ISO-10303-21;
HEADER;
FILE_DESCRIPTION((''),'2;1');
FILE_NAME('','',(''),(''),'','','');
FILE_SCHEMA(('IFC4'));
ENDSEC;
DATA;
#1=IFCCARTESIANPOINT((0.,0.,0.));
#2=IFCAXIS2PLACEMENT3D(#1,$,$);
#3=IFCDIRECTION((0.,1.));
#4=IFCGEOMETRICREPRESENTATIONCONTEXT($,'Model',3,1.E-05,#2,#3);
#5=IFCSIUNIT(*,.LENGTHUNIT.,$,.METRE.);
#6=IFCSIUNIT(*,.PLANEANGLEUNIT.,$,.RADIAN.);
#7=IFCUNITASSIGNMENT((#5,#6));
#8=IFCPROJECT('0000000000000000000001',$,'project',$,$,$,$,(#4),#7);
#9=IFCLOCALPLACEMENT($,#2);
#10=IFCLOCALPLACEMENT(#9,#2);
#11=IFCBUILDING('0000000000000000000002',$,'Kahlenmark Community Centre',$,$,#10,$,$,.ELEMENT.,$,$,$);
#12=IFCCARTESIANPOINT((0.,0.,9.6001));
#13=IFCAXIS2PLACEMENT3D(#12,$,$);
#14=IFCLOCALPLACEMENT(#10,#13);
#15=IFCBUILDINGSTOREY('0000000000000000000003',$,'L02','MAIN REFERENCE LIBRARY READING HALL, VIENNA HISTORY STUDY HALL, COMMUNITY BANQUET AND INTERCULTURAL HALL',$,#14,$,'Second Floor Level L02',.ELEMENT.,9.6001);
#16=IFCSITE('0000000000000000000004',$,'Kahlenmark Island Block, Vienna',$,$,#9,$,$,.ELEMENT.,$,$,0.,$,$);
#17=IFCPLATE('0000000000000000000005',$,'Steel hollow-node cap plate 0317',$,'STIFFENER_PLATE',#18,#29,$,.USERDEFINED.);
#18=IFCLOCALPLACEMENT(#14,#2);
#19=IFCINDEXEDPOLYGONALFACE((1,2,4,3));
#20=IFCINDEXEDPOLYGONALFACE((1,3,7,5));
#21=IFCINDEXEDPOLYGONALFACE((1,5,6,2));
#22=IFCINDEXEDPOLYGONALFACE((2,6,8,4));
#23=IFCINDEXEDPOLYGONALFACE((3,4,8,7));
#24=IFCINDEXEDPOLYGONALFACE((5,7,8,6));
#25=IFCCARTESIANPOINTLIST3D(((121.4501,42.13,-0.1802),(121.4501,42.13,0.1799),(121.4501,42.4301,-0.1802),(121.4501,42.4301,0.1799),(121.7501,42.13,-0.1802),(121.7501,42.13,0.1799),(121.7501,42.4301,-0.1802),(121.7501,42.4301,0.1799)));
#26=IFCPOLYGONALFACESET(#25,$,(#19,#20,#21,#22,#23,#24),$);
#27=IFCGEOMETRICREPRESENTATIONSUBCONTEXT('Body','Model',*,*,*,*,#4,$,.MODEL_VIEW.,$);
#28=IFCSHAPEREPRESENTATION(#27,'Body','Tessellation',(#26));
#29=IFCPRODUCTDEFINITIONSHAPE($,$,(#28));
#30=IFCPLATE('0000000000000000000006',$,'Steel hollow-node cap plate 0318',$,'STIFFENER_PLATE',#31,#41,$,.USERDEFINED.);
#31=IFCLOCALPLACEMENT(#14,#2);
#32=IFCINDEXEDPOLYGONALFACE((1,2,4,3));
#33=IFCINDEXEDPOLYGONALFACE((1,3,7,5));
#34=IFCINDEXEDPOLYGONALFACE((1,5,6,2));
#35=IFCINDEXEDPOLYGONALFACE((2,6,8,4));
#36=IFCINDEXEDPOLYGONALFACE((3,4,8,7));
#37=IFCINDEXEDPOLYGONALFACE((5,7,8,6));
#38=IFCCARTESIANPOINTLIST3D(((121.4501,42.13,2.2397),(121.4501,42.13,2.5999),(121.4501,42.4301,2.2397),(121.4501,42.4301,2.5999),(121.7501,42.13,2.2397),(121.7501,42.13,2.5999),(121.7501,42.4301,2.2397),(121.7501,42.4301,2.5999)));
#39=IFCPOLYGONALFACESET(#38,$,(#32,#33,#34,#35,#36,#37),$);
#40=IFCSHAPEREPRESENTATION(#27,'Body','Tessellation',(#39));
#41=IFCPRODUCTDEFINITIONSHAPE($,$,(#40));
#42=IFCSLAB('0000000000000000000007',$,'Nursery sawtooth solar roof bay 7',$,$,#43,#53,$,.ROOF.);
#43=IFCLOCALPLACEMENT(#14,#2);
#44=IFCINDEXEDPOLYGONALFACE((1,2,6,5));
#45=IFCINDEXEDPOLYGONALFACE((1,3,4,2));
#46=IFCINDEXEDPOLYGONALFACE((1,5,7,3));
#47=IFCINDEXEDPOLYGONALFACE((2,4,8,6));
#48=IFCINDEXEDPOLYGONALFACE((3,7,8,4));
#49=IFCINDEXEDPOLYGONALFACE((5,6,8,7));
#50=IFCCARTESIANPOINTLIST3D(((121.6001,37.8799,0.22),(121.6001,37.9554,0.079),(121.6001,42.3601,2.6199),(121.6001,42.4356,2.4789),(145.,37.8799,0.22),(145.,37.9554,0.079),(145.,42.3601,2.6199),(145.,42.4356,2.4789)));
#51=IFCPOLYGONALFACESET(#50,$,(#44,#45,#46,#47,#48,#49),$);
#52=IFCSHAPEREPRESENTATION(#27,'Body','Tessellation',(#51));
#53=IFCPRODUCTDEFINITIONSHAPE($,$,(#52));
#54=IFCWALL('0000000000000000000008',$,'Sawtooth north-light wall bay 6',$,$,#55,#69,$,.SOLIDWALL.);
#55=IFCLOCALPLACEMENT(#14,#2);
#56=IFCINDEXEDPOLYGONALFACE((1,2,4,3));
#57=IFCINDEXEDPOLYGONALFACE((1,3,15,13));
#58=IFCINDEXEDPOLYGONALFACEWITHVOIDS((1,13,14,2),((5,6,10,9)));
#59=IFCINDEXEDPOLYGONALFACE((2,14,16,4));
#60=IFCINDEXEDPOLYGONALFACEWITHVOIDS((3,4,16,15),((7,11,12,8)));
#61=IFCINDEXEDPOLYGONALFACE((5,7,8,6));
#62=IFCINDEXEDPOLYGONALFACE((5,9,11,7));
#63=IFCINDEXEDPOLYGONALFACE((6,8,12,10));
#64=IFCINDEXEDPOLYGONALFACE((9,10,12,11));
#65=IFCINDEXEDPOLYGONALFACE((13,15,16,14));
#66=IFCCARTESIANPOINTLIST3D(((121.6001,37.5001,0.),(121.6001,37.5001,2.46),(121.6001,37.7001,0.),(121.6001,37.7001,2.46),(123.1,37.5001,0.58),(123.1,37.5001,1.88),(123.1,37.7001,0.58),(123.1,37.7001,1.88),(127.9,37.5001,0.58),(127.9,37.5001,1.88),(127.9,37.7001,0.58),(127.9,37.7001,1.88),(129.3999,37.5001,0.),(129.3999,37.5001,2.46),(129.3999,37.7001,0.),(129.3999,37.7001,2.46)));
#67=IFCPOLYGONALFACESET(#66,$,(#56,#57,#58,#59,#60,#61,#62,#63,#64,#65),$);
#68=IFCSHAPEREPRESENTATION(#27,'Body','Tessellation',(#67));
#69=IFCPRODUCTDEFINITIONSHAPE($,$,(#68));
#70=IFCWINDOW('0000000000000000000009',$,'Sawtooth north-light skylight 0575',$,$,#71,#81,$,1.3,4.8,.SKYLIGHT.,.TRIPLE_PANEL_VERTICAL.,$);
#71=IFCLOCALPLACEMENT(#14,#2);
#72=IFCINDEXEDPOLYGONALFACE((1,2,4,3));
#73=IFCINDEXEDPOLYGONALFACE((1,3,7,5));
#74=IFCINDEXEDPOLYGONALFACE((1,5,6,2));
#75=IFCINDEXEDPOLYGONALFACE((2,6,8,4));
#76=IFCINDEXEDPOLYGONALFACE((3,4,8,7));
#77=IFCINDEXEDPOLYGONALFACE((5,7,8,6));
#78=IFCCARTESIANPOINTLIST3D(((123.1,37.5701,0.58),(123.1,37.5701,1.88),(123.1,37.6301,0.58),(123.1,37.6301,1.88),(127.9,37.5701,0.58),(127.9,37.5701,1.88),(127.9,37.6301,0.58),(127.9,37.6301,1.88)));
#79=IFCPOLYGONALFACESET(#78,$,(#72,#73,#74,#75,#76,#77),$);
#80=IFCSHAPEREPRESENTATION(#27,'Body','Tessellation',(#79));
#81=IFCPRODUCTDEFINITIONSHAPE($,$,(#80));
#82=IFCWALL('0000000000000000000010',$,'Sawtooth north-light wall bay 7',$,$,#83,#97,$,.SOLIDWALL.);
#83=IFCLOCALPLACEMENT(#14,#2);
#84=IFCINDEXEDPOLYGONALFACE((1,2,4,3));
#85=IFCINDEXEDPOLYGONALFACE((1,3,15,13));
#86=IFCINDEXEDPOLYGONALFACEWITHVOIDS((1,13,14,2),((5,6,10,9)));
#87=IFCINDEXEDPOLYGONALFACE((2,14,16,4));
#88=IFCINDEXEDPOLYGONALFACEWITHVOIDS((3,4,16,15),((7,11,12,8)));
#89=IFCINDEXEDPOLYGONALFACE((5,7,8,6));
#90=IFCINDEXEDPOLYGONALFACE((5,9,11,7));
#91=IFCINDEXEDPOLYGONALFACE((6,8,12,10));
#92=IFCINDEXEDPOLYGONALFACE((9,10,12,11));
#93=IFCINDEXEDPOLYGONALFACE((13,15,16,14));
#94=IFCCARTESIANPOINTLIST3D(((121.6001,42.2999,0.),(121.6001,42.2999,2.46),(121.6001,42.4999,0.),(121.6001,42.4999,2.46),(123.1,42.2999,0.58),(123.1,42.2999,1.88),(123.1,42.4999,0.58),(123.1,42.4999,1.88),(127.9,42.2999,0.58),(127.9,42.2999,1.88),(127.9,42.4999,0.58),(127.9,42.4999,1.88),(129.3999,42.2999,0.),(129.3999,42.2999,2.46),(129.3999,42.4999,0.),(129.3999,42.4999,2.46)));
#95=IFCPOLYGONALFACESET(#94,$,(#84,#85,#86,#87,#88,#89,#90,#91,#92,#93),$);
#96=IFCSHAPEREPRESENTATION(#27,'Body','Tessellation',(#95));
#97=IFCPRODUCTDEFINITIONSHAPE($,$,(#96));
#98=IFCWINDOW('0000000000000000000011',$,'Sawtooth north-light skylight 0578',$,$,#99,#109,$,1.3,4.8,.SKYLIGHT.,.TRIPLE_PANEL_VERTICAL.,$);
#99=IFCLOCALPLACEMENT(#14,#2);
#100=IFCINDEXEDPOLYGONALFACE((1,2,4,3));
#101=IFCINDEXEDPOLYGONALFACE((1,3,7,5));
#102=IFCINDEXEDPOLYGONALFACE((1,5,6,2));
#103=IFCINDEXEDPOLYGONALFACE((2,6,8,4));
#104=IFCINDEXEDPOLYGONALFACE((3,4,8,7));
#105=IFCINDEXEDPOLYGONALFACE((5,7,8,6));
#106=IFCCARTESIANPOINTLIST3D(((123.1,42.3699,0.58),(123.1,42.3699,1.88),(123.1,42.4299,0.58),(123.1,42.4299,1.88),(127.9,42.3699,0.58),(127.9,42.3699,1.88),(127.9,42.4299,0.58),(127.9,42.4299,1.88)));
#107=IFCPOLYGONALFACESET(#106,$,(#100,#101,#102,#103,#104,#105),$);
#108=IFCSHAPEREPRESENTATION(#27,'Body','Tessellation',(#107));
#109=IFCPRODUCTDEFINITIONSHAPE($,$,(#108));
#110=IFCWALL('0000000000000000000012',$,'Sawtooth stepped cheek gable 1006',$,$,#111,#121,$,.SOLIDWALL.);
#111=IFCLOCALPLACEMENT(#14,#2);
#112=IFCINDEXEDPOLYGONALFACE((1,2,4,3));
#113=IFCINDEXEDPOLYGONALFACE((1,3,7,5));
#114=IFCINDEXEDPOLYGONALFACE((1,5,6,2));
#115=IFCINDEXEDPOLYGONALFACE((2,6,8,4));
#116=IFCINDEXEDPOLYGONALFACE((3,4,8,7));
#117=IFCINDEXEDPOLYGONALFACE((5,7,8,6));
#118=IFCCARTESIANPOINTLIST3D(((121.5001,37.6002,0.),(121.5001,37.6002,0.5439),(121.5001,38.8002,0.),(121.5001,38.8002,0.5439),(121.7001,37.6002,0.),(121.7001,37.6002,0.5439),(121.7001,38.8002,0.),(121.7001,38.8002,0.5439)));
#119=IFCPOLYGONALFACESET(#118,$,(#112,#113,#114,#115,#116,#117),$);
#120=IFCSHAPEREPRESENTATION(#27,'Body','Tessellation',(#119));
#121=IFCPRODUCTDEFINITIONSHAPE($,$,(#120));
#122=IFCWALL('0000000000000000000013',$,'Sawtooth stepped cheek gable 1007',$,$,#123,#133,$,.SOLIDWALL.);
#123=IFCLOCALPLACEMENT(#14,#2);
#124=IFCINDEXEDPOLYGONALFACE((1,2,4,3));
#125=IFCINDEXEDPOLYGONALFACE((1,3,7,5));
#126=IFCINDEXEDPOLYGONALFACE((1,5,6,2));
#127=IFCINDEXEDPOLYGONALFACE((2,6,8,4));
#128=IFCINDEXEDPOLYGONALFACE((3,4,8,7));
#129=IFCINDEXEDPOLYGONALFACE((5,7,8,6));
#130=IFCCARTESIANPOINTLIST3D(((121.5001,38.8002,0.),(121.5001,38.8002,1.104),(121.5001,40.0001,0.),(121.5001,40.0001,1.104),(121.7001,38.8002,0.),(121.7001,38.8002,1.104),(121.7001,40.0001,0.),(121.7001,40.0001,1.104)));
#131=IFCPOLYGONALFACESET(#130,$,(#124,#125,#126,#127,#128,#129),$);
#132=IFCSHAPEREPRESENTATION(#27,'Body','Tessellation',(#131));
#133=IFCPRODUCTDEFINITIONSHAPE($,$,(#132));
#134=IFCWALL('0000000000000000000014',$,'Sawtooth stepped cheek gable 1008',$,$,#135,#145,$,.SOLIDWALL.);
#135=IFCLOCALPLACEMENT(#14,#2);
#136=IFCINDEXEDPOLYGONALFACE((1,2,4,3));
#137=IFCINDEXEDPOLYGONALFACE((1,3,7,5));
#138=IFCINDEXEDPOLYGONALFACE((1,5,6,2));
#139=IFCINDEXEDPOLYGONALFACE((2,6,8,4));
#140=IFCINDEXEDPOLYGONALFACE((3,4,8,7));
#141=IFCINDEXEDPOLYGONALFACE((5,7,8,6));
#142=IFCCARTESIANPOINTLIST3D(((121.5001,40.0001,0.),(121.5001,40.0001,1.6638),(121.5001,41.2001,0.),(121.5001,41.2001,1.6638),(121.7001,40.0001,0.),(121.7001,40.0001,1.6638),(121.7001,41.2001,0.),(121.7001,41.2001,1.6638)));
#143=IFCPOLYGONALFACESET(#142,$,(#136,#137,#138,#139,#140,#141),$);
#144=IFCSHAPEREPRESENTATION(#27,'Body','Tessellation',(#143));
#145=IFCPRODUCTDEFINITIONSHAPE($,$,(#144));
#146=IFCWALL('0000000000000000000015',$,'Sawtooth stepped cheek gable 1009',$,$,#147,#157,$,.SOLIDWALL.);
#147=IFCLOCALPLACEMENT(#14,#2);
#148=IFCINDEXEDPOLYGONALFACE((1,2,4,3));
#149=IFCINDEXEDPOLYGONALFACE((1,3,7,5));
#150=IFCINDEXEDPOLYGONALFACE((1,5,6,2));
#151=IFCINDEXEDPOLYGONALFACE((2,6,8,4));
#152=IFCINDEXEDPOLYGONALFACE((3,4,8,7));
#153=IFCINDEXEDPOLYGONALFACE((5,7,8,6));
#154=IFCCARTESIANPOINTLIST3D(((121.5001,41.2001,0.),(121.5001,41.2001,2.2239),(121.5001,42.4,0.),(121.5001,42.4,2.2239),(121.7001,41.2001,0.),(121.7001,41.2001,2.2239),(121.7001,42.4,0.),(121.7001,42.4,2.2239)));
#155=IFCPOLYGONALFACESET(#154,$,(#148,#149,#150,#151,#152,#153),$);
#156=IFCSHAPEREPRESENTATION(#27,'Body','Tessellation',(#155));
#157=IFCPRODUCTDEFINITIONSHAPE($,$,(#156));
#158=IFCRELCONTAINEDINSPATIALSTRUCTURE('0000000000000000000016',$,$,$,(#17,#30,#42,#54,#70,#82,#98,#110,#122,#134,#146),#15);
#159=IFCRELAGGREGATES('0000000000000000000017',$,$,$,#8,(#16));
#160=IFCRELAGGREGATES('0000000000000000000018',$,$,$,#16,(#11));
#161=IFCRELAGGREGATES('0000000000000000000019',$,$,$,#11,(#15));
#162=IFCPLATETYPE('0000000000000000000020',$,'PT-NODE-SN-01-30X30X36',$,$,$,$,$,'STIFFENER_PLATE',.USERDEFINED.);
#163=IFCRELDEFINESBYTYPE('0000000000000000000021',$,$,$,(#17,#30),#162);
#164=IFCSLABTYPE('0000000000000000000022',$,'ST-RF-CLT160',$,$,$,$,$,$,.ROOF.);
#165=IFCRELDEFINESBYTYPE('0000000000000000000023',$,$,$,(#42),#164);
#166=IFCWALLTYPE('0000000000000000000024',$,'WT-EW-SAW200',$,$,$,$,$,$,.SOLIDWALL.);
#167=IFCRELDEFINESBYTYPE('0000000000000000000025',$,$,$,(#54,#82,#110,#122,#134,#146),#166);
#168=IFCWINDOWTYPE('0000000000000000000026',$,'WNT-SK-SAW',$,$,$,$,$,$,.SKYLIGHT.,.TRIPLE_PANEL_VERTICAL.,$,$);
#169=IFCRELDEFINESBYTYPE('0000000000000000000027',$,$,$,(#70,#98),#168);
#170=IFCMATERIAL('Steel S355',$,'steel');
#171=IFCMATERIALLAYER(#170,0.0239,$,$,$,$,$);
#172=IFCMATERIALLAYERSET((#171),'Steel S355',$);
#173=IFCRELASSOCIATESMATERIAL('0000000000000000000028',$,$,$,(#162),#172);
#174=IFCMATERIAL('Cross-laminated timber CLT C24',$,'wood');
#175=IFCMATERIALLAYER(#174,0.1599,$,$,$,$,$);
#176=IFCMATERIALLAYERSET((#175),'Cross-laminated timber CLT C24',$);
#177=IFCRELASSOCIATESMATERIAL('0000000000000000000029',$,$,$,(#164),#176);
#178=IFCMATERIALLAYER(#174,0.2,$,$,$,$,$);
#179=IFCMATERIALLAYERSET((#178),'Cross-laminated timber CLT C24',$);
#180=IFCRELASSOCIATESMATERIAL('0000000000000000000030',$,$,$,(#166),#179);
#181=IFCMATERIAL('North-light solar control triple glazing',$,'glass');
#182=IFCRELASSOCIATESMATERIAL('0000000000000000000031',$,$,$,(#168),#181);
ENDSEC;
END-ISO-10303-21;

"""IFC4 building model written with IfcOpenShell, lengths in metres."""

from ifc_helpers import new_model, si_unit, direction, frame, frame_2d, origin, origin_2d, place, context, subcontext, project, spatial, polyline, rectangle, outline, extrude, material, layer, layer_set, type_object, element, fill, save


model = new_model("IFC4")

# Units and contexts
model_context = context("Model", 3, precision=1e-05, world=origin(), true_north=direction((0.0, 1.0)))
body_context = subcontext(model_context, "Body", "Model", "MODEL_VIEW")
ifc_project = project(units=[si_unit("LENGTHUNIT", "METRE"), si_unit("PLANEANGLEUNIT", "RADIAN")], contexts=[model_context])

# Site, building, storey
site_placement = place(None, origin())
site = spatial("IfcSite", under=ifc_project, at=site_placement, Name="Kahlenmark Island Block, Vienna", CompositionType="ELEMENT", RefElevation=0.0)
building_placement = place(site_placement, origin())
building = spatial("IfcBuilding", under=site, at=building_placement, Name="Kahlenmark Community Centre", CompositionType="ELEMENT")
storey_placement = place(building_placement, frame((0.0, 0.0, 9.6001)))
storey = spatial("IfcBuildingStorey", under=building, at=storey_placement, Name="L02", Description="MAIN REFERENCE LIBRARY READING HALL, VIENNA HISTORY STUDY HALL, COMMUNITY BANQUET AND INTERCULTURAL HALL", LongName="Second Floor Level L02", CompositionType="ELEMENT", Elevation=9.6001)

# Shared definitions
ifc_material_1 = material(Name="Steel S355", Category="steel")

# Plates
ifc_layer_1 = layer(ifc_material_1, 0.0239)
ifc_layer_set_1 = layer_set([ifc_layer_1], Name="Steel S355")
plate_type_1 = type_object("IfcPlateType", Name="PT-NODE-SN-01-30X30X36", ElementType="STIFFENER_PLATE", PredefinedType="USERDEFINED", material=ifc_layer_set_1)
for number, where, z_axis, x_axis, name in (
    (1, (121.6001, 42.28, -0.1802), (0.0, 0.0, 1.0), (1.0, 0.0, 0.0), "Steel hollow-node cap plate 0317"),
    (2, (121.6001, 42.28, 2.2397), (0.0, 0.0, 1.0), (1.0, 0.0, 0.0), "Steel hollow-node cap plate 0318"),
):
    element("IfcPlate", number, at=place(storey_placement, frame(where, z_axis=z_axis, x_axis=x_axis)), inside=storey, type_object=plate_type_1, Name=name, ObjectType="STIFFENER_PLATE", PredefinedType="USERDEFINED", context=body_context, shape_type="SweptSolid", body=[
        extrude(rectangle(XDim=0.3, YDim=0.3, at=origin_2d()), origin(), (0.0, 0.0, 1.0), 0.3601),
    ])

# Slab
ifc_material_2 = material(Name="Cross-laminated timber CLT C24", Category="wood")
ifc_layer_2 = layer(ifc_material_2, 0.1599)
ifc_layer_set_2 = layer_set([ifc_layer_2], Name="Cross-laminated timber CLT C24")
slab_type = type_object("IfcSlabType", Name="ST-RF-CLT160", PredefinedType="ROOF", material=ifc_layer_set_2)
slab_placement = place(storey_placement, frame((121.6001, 37.8799, 0.22), z_axis=(0.0, -0.472188, 0.881498), x_axis=(1.0, 0.0, 0.0)))
element("IfcSlab", 3, at=slab_placement, inside=storey, type_object=slab_type, Name="Nursery sawtooth solar roof bay 7", PredefinedType="ROOF", context=body_context, shape_type="SweptSolid", body=[
    extrude(outline(polyline([(0.0, 0.0), (23.3999, 0.0), (23.3999, 5.0825), (0.0, 5.0825), (0.0, 0.0)])), origin(), (0.0, 0.0, -1.0), 0.1599),
])

# Walls, openings, windows
ifc_layer_3 = layer(ifc_material_2, 0.2)
ifc_layer_set_3 = layer_set([ifc_layer_3], Name="Cross-laminated timber CLT C24")
wall_type = type_object("IfcWallType", Name="WT-EW-SAW200", PredefinedType="SOLIDWALL", material=ifc_layer_set_3)
wall_1_placement = place(storey_placement, frame((121.6001, 37.6001, 0.0), z_axis=(0.0, 0.0, 1.0), x_axis=(1.0, 0.0, 0.0)))
wall_1 = element("IfcWall", 4, at=wall_1_placement, inside=storey, type_object=wall_type, Name="Sawtooth north-light wall bay 6", PredefinedType="SOLIDWALL", context=body_context, shape_type="SweptSolid", body=[
    extrude(rectangle(XDim=7.7998, YDim=0.2, at=frame_2d((3.8999, 0.0))), origin(), (0.0, 0.0, 1.0), 2.46),
])
opening_1_placement = place(wall_1_placement, frame((1.5, 0.0, 0.5801)))
opening_1 = element("IfcOpeningElement", 5, at=opening_1_placement, cuts=wall_1, PredefinedType="OPENING", context=body_context, shape_type="SweptSolid", body=[
    extrude(rectangle(XDim=4.8, YDim=1.3, at=frame_2d((2.3999, 0.6499))), frame((0.0, 0.1099, 0.0), z_axis=(0.0, -1.0, 0.0), x_axis=(1.0, 0.0, 0.0)), (0.0, 0.0, 1.0), 0.22),
])
ifc_material_3 = material(Name="North-light solar control triple glazing", Category="glass")
window_type = type_object("IfcWindowType", Name="WNT-SK-SAW", PartitioningType="TRIPLE_PANEL_VERTICAL", PredefinedType="SKYLIGHT", material=ifc_material_3)
window_1_placement = place(opening_1_placement, origin())
window_1 = element("IfcWindow", 6, at=window_1_placement, inside=storey, type_object=window_type, Name="Sawtooth north-light skylight 0575", OverallHeight=1.3, OverallWidth=4.8, PartitioningType="TRIPLE_PANEL_VERTICAL", PredefinedType="SKYLIGHT", context=body_context, shape_type="SweptSolid", body=[
    extrude(rectangle(XDim=4.8, YDim=1.3, at=frame_2d((2.3999, 0.6499))), frame((0.0, 0.03, 0.0), z_axis=(0.0, -1.0, 0.0), x_axis=(1.0, 0.0, 0.0)), (0.0, 0.0, 1.0), 0.0601),
])
fill(opening_1, window_1)
wall_2_placement = place(storey_placement, frame((121.6001, 42.3999, 0.0), z_axis=(0.0, 0.0, 1.0), x_axis=(1.0, 0.0, 0.0)))
wall_2 = element("IfcWall", 7, at=wall_2_placement, inside=storey, type_object=wall_type, Name="Sawtooth north-light wall bay 7", PredefinedType="SOLIDWALL", context=body_context, shape_type="SweptSolid", body=[
    extrude(rectangle(XDim=7.7998, YDim=0.2, at=frame_2d((3.8999, 0.0))), origin(), (0.0, 0.0, 1.0), 2.46),
])
opening_2_placement = place(wall_2_placement, frame((1.5, 0.0, 0.5801)))
opening_2 = element("IfcOpeningElement", 8, at=opening_2_placement, cuts=wall_2, PredefinedType="OPENING", context=body_context, shape_type="SweptSolid", body=[
    extrude(rectangle(XDim=4.8, YDim=1.3, at=frame_2d((2.3999, 0.6499))), frame((0.0, 0.1099, 0.0), z_axis=(0.0, -1.0, 0.0), x_axis=(1.0, 0.0, 0.0)), (0.0, 0.0, 1.0), 0.22),
])
window_2_placement = place(opening_2_placement, origin())
window_2 = element("IfcWindow", 9, at=window_2_placement, inside=storey, type_object=window_type, Name="Sawtooth north-light skylight 0578", OverallHeight=1.3, OverallWidth=4.8, PartitioningType="TRIPLE_PANEL_VERTICAL", PredefinedType="SKYLIGHT", context=body_context, shape_type="SweptSolid", body=[
    extrude(rectangle(XDim=4.8, YDim=1.3, at=frame_2d((2.3999, 0.6499))), frame((0.0, 0.03, 0.0), z_axis=(0.0, -1.0, 0.0), x_axis=(1.0, 0.0, 0.0)), (0.0, 0.0, 1.0), 0.0601),
])
fill(opening_2, window_2)

# Walls
wall_3_placement = place(storey_placement, frame((121.6001, 37.6001, 0.0), z_axis=(0.0, 0.0, 1.0), x_axis=(0.0, 1.0, 0.0)))
element("IfcWall", 10, at=wall_3_placement, inside=storey, type_object=wall_type, Name="Sawtooth stepped cheek gable 1006", PredefinedType="SOLIDWALL", context=body_context, shape_type="SweptSolid", body=[
    extrude(rectangle(XDim=1.2, YDim=0.2, at=frame_2d((0.6001, 0.0))), origin(), (0.0, 0.0, 1.0), 0.5439),
])
wall_4_placement = place(storey_placement, frame((121.6001, 38.8, 0.0), z_axis=(0.0, 0.0, 1.0), x_axis=(0.0, 1.0, 0.0)))
element("IfcWall", 11, at=wall_4_placement, inside=storey, type_object=wall_type, Name="Sawtooth stepped cheek gable 1007", PredefinedType="SOLIDWALL", context=body_context, shape_type="SweptSolid", body=[
    extrude(rectangle(XDim=1.2, YDim=0.2, at=frame_2d((0.6001, 0.0))), origin(), (0.0, 0.0, 1.0), 1.104),
])
wall_5_placement = place(storey_placement, frame((121.6001, 40.0, 0.0), z_axis=(0.0, 0.0, 1.0), x_axis=(0.0, 1.0, 0.0)))
element("IfcWall", 12, at=wall_5_placement, inside=storey, type_object=wall_type, Name="Sawtooth stepped cheek gable 1008", PredefinedType="SOLIDWALL", context=body_context, shape_type="SweptSolid", body=[
    extrude(rectangle(XDim=1.2, YDim=0.2, at=frame_2d((0.6001, 0.0))), origin(), (0.0, 0.0, 1.0), 1.6638),
])
wall_6_placement = place(storey_placement, frame((121.6001, 41.2, 0.0), z_axis=(0.0, 0.0, 1.0), x_axis=(0.0, 1.0, 0.0)))
element("IfcWall", 13, at=wall_6_placement, inside=storey, type_object=wall_type, Name="Sawtooth stepped cheek gable 1009", PredefinedType="SOLIDWALL", context=body_context, shape_type="SweptSolid", body=[
    extrude(rectangle(XDim=1.2, YDim=0.2, at=frame_2d((0.6001, 0.0))), origin(), (0.0, 0.0, 1.0), 2.2239),
])

save(model, "model.ifc")
